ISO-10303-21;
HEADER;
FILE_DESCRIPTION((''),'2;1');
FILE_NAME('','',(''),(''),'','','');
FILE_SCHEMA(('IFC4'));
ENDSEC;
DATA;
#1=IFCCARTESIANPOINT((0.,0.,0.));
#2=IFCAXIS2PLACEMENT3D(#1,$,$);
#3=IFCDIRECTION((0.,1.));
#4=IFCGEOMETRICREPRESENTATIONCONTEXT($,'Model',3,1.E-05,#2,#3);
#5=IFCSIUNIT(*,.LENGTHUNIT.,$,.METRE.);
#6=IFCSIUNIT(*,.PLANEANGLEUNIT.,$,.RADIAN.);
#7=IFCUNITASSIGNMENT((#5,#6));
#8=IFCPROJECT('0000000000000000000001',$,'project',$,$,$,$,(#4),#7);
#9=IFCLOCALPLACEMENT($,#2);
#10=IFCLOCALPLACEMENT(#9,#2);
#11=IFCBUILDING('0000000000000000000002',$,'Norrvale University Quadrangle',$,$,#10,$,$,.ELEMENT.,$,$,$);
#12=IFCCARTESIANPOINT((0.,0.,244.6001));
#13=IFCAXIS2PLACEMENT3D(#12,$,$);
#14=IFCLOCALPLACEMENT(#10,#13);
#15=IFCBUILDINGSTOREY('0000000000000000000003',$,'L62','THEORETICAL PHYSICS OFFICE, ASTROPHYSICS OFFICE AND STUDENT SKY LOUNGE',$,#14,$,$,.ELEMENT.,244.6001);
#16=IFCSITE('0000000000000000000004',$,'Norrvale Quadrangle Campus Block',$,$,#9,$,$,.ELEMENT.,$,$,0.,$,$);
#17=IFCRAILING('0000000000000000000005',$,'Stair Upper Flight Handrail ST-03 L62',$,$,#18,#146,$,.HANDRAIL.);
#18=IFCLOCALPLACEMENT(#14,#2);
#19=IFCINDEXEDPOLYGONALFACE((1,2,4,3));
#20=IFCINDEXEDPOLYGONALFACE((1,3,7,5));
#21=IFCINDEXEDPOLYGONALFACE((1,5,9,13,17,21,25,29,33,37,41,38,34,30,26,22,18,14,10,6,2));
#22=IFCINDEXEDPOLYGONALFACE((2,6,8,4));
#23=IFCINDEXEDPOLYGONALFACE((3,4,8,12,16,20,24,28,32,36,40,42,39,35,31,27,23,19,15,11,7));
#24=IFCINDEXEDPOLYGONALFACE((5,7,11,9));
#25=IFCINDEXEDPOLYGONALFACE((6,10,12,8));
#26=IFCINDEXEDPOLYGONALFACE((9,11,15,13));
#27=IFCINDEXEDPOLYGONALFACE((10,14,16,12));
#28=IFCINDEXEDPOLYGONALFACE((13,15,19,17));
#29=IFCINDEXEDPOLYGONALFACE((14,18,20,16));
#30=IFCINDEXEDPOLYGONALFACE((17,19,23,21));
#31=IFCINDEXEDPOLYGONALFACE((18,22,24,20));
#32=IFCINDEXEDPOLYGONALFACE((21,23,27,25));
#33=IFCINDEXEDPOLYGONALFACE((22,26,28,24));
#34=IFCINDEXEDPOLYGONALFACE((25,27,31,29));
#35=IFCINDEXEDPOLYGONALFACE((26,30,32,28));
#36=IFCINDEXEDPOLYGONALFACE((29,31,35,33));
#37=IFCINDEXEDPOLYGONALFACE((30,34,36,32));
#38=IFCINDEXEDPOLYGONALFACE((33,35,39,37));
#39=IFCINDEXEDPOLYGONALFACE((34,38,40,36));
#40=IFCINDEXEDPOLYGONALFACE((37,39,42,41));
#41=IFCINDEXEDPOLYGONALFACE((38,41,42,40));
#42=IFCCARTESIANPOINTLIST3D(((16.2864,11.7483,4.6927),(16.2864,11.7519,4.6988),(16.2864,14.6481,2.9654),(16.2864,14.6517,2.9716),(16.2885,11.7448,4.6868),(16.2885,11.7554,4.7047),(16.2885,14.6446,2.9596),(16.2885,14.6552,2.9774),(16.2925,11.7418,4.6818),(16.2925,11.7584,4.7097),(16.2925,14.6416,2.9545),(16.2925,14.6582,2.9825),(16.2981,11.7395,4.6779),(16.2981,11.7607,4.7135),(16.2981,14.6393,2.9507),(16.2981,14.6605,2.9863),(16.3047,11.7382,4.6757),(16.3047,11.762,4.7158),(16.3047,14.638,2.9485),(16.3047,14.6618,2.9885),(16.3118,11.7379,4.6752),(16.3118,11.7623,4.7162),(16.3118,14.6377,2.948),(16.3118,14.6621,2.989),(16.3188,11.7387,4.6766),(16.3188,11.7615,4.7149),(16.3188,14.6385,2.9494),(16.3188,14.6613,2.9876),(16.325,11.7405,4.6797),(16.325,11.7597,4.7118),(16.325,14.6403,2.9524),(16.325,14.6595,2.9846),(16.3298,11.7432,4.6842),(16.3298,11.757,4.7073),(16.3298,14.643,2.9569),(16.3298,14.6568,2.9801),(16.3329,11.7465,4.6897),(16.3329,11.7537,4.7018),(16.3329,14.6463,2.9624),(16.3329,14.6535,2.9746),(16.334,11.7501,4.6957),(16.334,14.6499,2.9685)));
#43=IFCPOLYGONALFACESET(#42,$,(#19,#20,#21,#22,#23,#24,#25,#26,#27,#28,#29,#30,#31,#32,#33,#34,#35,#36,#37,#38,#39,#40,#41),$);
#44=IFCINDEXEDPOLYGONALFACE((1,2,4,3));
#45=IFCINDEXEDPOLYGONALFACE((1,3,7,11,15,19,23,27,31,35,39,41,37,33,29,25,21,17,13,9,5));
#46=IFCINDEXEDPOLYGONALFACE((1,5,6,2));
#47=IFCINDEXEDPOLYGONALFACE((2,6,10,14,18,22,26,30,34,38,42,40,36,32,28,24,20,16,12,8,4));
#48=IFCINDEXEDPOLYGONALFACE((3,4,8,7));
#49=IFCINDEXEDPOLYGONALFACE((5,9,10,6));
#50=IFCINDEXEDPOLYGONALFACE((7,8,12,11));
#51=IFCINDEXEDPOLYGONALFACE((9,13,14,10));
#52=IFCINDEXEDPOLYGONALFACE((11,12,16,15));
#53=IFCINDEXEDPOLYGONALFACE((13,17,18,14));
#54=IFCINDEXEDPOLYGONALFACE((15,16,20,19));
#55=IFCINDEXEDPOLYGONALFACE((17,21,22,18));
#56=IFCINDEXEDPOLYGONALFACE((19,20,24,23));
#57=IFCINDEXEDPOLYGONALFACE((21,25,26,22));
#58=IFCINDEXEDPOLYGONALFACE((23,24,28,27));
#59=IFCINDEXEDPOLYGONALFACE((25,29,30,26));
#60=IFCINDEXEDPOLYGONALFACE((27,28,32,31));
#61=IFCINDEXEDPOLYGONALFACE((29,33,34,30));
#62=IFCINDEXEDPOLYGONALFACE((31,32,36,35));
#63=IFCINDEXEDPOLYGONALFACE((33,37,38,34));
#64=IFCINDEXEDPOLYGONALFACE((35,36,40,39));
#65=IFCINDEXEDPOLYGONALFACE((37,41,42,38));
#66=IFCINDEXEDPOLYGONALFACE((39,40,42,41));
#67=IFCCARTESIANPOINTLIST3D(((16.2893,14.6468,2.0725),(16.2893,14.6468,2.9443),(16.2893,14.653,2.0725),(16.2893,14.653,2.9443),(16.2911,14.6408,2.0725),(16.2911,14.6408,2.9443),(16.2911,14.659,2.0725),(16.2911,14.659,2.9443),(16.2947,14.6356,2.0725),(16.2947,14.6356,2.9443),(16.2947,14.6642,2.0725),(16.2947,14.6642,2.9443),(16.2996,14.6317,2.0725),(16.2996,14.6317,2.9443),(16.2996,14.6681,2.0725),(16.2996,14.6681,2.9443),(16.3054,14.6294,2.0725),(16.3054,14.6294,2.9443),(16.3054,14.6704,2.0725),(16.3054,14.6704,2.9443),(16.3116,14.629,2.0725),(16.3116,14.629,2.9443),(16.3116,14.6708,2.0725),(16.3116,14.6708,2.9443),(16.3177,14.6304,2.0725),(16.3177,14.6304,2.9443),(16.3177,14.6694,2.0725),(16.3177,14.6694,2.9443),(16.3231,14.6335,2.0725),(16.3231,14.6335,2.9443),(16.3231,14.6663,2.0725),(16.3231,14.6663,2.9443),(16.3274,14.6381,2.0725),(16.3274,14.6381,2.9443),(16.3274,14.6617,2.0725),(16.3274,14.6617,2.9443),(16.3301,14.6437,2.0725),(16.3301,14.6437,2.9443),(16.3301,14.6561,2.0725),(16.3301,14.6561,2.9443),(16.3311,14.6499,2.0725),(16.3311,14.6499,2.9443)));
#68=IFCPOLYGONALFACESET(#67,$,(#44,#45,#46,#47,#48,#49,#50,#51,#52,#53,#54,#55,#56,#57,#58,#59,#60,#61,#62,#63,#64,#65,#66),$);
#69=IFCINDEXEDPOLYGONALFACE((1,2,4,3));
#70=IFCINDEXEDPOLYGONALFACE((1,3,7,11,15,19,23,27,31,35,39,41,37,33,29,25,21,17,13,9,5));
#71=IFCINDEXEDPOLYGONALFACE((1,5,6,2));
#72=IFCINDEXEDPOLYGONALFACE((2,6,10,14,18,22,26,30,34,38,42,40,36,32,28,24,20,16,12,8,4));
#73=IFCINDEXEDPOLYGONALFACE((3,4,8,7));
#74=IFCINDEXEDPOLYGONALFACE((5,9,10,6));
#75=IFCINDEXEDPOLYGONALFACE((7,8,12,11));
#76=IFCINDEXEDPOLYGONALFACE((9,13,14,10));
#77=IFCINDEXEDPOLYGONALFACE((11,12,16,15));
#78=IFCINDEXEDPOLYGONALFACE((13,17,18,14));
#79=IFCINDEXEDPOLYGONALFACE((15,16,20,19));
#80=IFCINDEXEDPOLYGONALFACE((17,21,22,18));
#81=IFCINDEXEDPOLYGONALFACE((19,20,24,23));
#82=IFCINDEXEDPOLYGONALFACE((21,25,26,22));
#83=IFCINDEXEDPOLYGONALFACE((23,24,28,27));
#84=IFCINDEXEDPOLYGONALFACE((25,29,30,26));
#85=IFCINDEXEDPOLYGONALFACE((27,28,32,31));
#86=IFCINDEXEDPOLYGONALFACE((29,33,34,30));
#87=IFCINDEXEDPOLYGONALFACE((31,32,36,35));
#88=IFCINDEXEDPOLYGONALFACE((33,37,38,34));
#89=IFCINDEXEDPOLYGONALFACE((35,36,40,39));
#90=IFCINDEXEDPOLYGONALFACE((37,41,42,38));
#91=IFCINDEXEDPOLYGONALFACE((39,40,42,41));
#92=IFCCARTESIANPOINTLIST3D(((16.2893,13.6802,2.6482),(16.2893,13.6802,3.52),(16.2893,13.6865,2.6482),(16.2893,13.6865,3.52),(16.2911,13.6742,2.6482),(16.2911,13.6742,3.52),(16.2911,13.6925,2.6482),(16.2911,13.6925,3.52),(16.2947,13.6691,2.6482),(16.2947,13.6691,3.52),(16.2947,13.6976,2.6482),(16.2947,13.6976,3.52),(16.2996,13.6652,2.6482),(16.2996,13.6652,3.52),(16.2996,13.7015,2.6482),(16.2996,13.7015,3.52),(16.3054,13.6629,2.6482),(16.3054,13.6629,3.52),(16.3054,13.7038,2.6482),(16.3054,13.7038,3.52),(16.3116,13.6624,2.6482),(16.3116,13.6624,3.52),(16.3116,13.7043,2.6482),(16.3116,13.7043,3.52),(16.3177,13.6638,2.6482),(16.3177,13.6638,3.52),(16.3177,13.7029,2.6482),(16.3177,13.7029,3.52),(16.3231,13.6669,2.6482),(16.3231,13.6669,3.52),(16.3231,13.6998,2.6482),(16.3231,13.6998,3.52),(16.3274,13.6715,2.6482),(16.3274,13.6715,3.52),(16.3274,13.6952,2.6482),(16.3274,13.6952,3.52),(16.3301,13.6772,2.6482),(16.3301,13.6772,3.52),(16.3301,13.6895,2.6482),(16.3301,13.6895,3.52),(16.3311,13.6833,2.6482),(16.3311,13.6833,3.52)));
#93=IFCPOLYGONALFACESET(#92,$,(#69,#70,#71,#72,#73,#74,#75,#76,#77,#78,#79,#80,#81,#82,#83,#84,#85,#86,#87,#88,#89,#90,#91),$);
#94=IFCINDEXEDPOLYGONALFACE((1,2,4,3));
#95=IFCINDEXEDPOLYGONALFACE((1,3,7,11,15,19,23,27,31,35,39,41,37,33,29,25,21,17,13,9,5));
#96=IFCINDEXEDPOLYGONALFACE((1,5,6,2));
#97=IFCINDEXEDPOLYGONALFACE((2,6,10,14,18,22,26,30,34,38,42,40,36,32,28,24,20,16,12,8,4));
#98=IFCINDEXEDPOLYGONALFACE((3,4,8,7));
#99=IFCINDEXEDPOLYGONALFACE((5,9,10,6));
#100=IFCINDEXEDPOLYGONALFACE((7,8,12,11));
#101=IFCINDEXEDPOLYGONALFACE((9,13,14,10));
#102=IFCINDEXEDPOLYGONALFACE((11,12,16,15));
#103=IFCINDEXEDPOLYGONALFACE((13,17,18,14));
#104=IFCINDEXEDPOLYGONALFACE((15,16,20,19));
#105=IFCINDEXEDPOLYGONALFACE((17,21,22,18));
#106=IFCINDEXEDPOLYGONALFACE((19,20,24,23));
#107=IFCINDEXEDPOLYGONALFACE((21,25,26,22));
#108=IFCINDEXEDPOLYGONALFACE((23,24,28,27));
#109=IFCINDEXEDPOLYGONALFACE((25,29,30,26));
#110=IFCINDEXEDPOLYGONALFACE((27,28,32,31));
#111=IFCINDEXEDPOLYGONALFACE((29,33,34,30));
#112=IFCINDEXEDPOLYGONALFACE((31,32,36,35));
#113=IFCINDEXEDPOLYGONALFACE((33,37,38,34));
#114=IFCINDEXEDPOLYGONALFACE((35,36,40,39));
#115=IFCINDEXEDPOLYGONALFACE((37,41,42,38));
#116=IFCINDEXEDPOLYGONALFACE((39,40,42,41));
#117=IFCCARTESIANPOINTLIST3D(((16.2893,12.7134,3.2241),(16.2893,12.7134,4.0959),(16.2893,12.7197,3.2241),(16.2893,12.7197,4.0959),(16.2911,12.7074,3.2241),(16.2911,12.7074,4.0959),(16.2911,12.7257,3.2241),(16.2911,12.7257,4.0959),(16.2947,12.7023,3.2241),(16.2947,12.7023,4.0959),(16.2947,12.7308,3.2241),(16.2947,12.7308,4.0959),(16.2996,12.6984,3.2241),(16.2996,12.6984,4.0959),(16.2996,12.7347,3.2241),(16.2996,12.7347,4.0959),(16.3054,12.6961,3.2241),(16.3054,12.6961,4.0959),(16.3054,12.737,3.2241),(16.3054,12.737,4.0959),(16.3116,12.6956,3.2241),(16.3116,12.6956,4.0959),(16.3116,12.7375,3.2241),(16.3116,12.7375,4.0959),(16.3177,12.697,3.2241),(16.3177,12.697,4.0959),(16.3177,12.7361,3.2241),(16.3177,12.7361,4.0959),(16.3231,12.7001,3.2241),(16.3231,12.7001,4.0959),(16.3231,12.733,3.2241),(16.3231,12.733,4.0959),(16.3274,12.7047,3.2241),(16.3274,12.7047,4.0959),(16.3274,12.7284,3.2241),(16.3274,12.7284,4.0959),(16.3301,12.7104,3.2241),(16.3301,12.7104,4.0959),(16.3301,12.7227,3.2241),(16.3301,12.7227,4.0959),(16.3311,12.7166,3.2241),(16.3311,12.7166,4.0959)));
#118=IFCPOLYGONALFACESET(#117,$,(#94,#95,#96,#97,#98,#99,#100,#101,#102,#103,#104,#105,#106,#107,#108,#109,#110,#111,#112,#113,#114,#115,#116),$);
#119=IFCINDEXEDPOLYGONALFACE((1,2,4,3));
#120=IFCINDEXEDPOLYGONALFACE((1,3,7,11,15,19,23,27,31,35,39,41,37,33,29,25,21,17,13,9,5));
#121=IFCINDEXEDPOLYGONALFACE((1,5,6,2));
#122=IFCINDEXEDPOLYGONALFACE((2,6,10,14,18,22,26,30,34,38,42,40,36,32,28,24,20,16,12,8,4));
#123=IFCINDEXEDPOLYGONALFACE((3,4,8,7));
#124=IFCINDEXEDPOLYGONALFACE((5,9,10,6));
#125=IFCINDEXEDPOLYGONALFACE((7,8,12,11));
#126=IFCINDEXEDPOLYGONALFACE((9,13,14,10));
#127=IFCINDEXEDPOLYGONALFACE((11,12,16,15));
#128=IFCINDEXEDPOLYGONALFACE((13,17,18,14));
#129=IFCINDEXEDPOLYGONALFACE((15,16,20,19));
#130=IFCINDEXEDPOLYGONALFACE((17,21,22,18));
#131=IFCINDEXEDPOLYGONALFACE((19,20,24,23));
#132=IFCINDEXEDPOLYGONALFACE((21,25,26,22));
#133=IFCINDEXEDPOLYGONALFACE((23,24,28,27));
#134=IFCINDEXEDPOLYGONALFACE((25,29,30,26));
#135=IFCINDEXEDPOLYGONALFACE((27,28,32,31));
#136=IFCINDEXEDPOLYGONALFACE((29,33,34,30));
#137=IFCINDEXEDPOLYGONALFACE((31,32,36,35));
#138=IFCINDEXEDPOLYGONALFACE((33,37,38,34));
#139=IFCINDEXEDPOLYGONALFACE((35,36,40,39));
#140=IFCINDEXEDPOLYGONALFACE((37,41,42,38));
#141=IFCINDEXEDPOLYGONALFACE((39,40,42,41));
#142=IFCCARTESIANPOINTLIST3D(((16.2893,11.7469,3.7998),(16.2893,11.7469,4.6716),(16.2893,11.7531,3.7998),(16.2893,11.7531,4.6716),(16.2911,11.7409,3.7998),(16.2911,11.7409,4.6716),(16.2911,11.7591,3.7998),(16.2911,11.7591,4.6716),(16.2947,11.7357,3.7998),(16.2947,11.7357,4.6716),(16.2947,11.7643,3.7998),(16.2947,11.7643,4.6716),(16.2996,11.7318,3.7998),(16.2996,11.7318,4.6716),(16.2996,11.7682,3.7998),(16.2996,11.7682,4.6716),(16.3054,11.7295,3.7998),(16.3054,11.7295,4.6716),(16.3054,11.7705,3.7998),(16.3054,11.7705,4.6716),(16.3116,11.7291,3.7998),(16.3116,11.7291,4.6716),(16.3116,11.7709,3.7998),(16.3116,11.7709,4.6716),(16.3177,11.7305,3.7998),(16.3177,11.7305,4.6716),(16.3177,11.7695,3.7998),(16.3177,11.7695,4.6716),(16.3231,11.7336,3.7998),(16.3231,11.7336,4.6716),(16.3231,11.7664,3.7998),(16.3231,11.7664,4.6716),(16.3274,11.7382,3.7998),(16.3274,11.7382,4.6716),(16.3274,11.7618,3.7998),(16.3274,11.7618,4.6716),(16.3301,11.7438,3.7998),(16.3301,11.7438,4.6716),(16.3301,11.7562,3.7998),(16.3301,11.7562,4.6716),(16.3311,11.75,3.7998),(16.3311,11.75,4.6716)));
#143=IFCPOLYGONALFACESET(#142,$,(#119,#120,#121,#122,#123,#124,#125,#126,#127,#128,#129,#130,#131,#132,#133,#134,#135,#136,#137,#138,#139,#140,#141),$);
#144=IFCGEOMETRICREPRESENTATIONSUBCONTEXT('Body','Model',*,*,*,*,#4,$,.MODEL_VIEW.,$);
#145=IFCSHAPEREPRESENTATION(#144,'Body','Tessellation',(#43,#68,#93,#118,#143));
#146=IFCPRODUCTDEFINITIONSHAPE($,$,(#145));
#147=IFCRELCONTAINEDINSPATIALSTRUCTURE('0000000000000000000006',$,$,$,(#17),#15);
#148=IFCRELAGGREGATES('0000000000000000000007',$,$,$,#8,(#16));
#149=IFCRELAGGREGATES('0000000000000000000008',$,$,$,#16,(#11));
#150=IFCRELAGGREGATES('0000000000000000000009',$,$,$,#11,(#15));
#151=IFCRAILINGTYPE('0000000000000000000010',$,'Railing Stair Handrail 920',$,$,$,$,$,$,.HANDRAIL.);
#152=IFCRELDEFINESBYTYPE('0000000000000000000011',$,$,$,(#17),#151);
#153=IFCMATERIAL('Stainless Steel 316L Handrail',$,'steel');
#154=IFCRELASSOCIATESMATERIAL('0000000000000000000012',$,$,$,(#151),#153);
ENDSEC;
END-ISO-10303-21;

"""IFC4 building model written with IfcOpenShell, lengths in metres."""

from ifc_helpers import new_model, si_unit, direction, frame, origin, origin_2d, place, context, subcontext, project, spatial, circle, extrude, material, type_object, element, save


model = new_model("IFC4")

# Units and contexts
model_context = context("Model", 3, precision=1e-05, world=origin(), true_north=direction((0.0, 1.0)))
body_context = subcontext(model_context, "Body", "Model", "MODEL_VIEW")
ifc_project = project(units=[si_unit("LENGTHUNIT", "METRE"), si_unit("PLANEANGLEUNIT", "RADIAN")], contexts=[model_context])

# Site, building, storey
site_placement = place(None, origin())
site = spatial("IfcSite", under=ifc_project, at=site_placement, Name="Norrvale Quadrangle Campus Block", CompositionType="ELEMENT", RefElevation=0.0)
building_placement = place(site_placement, origin())
building = spatial("IfcBuilding", under=site, at=building_placement, Name="Norrvale University Quadrangle", CompositionType="ELEMENT")
storey_placement = place(building_placement, frame((0.0, 0.0, 244.6001)))
storey = spatial("IfcBuildingStorey", under=building, at=storey_placement, Name="L62", Description="THEORETICAL PHYSICS OFFICE, ASTROPHYSICS OFFICE AND STUDENT SKY LOUNGE", CompositionType="ELEMENT", Elevation=244.6001)

# Railing
ifc_material_1 = material(Name="Stainless Steel 316L Handrail", Category="steel")
railing_type_1 = type_object("IfcRailingType", Name="Railing Stair Handrail 920", PredefinedType="HANDRAIL", material=ifc_material_1)
railing_1_placement = place(storey_placement, frame((16.3101, 14.6499, 2.0725)))
element("IfcRailing", 1, at=railing_1_placement, inside=storey, type_object=railing_type_1, Name="Stair Upper Flight Handrail ST-03 L62", PredefinedType="HANDRAIL", context=body_context, shape_type="SweptSolid", body=[
    extrude(circle(Radius=0.0239, at=origin_2d()), frame((0.0, 0.0, 0.896), z_axis=(0.0, -0.859141, 0.511738), x_axis=(1.0, 0.0, 0.0)), (0.0, 0.0, 1.0), 3.3752),
    extrude(circle(Radius=0.021, at=origin_2d()), origin(), (0.0, 0.0, 1.0), 0.8718),
    extrude(circle(Radius=0.021, at=origin_2d()), frame((0.0, -0.9666, 0.5757)), (0.0, 0.0, 1.0), 0.8718),
    extrude(circle(Radius=0.021, at=origin_2d()), frame((0.0, -1.9333, 1.1516)), (0.0, 0.0, 1.0), 0.8718),
    extrude(circle(Radius=0.021, at=origin_2d()), frame((0.0, -2.8999, 1.7273)), (0.0, 0.0, 1.0), 0.8718),
])

save(model, "model.ifc")
